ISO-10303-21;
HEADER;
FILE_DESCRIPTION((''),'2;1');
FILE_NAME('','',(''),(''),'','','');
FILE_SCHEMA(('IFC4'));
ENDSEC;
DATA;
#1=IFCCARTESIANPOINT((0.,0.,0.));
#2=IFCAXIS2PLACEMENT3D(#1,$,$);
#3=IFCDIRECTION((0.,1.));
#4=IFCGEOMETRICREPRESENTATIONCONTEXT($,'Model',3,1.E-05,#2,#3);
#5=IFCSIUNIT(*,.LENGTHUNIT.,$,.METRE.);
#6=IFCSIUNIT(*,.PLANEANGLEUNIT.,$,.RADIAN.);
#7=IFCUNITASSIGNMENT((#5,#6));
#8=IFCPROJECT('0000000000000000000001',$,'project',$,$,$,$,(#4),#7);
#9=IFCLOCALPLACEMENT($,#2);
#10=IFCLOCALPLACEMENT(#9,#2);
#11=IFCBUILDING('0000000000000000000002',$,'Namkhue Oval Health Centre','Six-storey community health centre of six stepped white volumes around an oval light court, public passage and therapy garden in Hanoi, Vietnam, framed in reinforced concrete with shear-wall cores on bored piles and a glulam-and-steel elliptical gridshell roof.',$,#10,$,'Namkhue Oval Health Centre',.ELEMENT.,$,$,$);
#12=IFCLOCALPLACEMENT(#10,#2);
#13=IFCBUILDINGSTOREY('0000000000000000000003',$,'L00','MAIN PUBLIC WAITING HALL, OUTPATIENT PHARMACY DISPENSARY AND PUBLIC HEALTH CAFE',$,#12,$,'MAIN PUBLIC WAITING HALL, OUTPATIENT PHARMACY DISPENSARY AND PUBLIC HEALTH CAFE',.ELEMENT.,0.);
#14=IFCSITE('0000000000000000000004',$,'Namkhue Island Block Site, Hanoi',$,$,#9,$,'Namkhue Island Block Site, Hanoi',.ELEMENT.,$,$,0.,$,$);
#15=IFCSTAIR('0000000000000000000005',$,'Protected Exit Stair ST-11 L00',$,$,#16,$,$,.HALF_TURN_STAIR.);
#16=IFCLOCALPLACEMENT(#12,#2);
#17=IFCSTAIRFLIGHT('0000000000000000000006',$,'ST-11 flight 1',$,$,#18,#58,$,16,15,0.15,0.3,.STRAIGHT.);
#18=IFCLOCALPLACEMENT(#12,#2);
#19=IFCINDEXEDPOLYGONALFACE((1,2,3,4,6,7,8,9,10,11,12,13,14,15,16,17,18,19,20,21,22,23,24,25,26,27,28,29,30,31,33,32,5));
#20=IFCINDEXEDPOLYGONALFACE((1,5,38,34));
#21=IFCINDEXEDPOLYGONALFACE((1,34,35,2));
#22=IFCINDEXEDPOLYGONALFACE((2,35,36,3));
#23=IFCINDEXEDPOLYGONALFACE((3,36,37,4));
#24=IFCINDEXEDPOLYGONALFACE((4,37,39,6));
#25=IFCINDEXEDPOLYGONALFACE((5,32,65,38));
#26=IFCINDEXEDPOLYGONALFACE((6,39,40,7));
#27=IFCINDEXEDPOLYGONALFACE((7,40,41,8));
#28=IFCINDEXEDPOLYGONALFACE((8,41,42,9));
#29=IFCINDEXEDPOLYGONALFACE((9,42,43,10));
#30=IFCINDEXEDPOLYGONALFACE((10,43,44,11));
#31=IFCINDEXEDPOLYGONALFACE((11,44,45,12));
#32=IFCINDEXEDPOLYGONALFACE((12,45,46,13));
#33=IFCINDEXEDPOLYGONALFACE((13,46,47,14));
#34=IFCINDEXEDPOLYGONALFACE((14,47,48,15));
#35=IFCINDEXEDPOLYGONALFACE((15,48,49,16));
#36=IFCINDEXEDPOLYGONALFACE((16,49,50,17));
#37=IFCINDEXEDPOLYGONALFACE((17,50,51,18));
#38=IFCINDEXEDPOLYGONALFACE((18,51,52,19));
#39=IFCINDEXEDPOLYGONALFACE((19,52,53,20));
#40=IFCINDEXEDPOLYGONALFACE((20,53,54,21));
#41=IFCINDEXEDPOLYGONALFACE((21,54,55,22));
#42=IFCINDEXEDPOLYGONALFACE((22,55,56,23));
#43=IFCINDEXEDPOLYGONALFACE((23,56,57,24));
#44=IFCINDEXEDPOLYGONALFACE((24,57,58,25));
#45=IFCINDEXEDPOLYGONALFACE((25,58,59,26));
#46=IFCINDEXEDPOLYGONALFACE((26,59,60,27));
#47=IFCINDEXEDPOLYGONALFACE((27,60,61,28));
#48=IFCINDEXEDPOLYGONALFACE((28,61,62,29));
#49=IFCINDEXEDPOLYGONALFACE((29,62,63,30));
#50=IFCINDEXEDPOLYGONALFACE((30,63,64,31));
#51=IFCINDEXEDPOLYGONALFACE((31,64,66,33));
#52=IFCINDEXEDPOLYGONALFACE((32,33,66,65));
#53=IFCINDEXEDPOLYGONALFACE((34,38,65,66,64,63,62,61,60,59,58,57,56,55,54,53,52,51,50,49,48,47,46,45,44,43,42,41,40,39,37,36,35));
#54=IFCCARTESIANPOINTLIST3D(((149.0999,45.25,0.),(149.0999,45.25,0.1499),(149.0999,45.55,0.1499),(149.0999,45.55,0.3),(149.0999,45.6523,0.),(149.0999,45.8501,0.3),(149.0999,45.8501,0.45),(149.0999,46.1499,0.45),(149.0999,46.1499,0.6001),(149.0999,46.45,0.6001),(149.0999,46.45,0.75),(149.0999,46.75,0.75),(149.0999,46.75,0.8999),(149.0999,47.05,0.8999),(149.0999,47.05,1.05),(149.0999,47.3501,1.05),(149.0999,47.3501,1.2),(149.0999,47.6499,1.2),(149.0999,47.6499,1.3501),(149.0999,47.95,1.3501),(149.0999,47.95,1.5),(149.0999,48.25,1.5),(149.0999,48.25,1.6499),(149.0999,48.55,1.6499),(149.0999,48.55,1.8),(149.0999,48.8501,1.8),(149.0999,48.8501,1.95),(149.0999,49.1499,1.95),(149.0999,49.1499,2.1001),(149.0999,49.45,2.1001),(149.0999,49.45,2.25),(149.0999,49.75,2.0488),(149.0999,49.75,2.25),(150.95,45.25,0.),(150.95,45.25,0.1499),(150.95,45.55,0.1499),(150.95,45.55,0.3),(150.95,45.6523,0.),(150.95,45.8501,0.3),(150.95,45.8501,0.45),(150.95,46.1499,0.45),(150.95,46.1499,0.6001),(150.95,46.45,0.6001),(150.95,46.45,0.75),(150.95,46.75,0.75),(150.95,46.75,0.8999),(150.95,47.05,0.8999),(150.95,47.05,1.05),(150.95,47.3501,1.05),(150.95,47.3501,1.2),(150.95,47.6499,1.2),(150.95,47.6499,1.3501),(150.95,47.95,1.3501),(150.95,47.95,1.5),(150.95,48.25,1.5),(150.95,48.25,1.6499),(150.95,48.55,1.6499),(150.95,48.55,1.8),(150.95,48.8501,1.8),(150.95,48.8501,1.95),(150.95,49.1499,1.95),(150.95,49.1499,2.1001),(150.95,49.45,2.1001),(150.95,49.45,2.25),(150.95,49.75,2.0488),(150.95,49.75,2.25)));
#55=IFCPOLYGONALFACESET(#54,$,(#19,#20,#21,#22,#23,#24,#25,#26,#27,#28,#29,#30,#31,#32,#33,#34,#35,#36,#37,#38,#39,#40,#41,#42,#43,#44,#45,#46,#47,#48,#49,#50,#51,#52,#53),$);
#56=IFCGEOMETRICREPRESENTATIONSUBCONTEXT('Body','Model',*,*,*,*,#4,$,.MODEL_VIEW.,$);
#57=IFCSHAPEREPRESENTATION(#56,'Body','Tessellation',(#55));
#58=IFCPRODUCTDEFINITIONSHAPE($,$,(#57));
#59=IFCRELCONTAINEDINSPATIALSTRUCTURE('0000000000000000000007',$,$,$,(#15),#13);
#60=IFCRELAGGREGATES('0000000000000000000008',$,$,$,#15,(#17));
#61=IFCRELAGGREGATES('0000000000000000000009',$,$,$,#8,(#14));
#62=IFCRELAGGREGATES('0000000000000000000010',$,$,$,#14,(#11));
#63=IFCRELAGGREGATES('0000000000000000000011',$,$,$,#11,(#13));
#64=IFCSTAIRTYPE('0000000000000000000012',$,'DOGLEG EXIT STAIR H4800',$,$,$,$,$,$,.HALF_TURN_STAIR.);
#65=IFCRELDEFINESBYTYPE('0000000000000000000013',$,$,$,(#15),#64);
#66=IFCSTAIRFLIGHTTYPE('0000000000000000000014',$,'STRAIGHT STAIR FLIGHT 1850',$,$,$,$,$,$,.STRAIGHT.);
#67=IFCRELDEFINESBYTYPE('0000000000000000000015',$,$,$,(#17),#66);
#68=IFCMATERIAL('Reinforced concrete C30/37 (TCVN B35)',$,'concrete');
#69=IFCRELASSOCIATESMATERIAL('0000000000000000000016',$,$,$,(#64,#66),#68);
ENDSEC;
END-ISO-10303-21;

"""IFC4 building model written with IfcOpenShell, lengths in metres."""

from ifc_helpers import new_model, si_unit, direction, frame, origin, place, context, subcontext, project, spatial, polyline, outline, extrude, material, type_object, element, aggregate, save


model = new_model("IFC4")

# Units and contexts
model_context = context("Model", 3, precision=1e-05, world=origin(), true_north=direction((0.0, 1.0)))
body_context = subcontext(model_context, "Body", "Model", "MODEL_VIEW")
ifc_project = project(units=[si_unit("LENGTHUNIT", "METRE"), si_unit("PLANEANGLEUNIT", "RADIAN")], contexts=[model_context])

# Site, building, storey
site_placement = place(None, origin())
site = spatial("IfcSite", under=ifc_project, at=site_placement, Name="Namkhue Island Block Site, Hanoi", LongName="Namkhue Island Block Site, Hanoi", CompositionType="ELEMENT", RefElevation=0.0)
building_placement = place(site_placement, origin())
building = spatial("IfcBuilding", under=site, at=building_placement, Name="Namkhue Oval Health Centre", Description="Six-storey community health centre of six stepped white volumes around an oval light court, public passage and therapy garden in Hanoi, Vietnam, framed in reinforced concrete with shear-wall cores on bored piles and a glulam-and-steel elliptical gridshell roof.", LongName="Namkhue Oval Health Centre", CompositionType="ELEMENT")
storey_placement = place(building_placement, origin())
storey = spatial("IfcBuildingStorey", under=building, at=storey_placement, Name="L00", Description="MAIN PUBLIC WAITING HALL, OUTPATIENT PHARMACY DISPENSARY AND PUBLIC HEALTH CAFE", LongName="MAIN PUBLIC WAITING HALL, OUTPATIENT PHARMACY DISPENSARY AND PUBLIC HEALTH CAFE", CompositionType="ELEMENT", Elevation=0.0)

# Shared definitions
ifc_material_1 = material(Name="Reinforced concrete C30/37 (TCVN B35)", Category="concrete")

# Stair, stair flight
stair_type = type_object("IfcStairType", Name="DOGLEG EXIT STAIR H4800", PredefinedType="HALF_TURN_STAIR", material=ifc_material_1)
stair_placement = place(storey_placement, origin())
stair = element("IfcStair", 1, at=stair_placement, inside=storey, type_object=stair_type, Name="Protected Exit Stair ST-11 L00", PredefinedType="HALF_TURN_STAIR")
stair_flight_type = type_object("IfcStairFlightType", Name="STRAIGHT STAIR FLIGHT 1850", PredefinedType="STRAIGHT", material=ifc_material_1)
stair_flight_placement = place(storey_placement, frame((150.0249, 45.25, 0.0), z_axis=(0.0, 0.0, 1.0), x_axis=(0.0, 1.0, 0.0)))
stair_flight = element("IfcStairFlight", 2, at=stair_flight_placement, type_object=stair_flight_type, Name="ST-11 flight 1", NumberOfRisers=16, NumberOfTreads=15, PredefinedType="STRAIGHT", RiserHeight=0.15, TreadLength=0.3, context=body_context, shape_type="SweptSolid", body=[
    extrude(outline(polyline([(0.0, 0.0), (0.0, 0.1499), (0.3, 0.1499), (0.3, 0.3), (0.6001, 0.3), (0.6001, 0.45), (0.8999, 0.45), (0.8999, 0.6001), (1.2, 0.6001), (1.2, 0.75), (1.5, 0.75), (1.5, 0.8999), (1.8, 0.8999), (1.8, 1.05), (2.1001, 1.05), (2.1001, 1.2), (2.3999, 1.2), (2.3999, 1.3501), (2.7, 1.3501), (2.7, 1.5), (3.0, 1.5), (3.0, 1.6499), (3.3, 1.6499), (3.3, 1.8), (3.6001, 1.8), (3.6001, 1.95), (3.8999, 1.95), (3.8999, 2.1001), (4.2, 2.1001), (4.2, 2.25), (4.5, 2.25), (4.5, 2.3999), (4.5, 2.0488), (0.4023, 0.0), (0.0, 0.0)])), frame((0.0, 0.925, 0.0), z_axis=(0.0, -1.0, 0.0), x_axis=(1.0, 0.0, 0.0)), (0.0, 0.0, 1.0), 1.8501),
])
aggregate(stair, [stair_flight])

save(model, "model.ifc")
